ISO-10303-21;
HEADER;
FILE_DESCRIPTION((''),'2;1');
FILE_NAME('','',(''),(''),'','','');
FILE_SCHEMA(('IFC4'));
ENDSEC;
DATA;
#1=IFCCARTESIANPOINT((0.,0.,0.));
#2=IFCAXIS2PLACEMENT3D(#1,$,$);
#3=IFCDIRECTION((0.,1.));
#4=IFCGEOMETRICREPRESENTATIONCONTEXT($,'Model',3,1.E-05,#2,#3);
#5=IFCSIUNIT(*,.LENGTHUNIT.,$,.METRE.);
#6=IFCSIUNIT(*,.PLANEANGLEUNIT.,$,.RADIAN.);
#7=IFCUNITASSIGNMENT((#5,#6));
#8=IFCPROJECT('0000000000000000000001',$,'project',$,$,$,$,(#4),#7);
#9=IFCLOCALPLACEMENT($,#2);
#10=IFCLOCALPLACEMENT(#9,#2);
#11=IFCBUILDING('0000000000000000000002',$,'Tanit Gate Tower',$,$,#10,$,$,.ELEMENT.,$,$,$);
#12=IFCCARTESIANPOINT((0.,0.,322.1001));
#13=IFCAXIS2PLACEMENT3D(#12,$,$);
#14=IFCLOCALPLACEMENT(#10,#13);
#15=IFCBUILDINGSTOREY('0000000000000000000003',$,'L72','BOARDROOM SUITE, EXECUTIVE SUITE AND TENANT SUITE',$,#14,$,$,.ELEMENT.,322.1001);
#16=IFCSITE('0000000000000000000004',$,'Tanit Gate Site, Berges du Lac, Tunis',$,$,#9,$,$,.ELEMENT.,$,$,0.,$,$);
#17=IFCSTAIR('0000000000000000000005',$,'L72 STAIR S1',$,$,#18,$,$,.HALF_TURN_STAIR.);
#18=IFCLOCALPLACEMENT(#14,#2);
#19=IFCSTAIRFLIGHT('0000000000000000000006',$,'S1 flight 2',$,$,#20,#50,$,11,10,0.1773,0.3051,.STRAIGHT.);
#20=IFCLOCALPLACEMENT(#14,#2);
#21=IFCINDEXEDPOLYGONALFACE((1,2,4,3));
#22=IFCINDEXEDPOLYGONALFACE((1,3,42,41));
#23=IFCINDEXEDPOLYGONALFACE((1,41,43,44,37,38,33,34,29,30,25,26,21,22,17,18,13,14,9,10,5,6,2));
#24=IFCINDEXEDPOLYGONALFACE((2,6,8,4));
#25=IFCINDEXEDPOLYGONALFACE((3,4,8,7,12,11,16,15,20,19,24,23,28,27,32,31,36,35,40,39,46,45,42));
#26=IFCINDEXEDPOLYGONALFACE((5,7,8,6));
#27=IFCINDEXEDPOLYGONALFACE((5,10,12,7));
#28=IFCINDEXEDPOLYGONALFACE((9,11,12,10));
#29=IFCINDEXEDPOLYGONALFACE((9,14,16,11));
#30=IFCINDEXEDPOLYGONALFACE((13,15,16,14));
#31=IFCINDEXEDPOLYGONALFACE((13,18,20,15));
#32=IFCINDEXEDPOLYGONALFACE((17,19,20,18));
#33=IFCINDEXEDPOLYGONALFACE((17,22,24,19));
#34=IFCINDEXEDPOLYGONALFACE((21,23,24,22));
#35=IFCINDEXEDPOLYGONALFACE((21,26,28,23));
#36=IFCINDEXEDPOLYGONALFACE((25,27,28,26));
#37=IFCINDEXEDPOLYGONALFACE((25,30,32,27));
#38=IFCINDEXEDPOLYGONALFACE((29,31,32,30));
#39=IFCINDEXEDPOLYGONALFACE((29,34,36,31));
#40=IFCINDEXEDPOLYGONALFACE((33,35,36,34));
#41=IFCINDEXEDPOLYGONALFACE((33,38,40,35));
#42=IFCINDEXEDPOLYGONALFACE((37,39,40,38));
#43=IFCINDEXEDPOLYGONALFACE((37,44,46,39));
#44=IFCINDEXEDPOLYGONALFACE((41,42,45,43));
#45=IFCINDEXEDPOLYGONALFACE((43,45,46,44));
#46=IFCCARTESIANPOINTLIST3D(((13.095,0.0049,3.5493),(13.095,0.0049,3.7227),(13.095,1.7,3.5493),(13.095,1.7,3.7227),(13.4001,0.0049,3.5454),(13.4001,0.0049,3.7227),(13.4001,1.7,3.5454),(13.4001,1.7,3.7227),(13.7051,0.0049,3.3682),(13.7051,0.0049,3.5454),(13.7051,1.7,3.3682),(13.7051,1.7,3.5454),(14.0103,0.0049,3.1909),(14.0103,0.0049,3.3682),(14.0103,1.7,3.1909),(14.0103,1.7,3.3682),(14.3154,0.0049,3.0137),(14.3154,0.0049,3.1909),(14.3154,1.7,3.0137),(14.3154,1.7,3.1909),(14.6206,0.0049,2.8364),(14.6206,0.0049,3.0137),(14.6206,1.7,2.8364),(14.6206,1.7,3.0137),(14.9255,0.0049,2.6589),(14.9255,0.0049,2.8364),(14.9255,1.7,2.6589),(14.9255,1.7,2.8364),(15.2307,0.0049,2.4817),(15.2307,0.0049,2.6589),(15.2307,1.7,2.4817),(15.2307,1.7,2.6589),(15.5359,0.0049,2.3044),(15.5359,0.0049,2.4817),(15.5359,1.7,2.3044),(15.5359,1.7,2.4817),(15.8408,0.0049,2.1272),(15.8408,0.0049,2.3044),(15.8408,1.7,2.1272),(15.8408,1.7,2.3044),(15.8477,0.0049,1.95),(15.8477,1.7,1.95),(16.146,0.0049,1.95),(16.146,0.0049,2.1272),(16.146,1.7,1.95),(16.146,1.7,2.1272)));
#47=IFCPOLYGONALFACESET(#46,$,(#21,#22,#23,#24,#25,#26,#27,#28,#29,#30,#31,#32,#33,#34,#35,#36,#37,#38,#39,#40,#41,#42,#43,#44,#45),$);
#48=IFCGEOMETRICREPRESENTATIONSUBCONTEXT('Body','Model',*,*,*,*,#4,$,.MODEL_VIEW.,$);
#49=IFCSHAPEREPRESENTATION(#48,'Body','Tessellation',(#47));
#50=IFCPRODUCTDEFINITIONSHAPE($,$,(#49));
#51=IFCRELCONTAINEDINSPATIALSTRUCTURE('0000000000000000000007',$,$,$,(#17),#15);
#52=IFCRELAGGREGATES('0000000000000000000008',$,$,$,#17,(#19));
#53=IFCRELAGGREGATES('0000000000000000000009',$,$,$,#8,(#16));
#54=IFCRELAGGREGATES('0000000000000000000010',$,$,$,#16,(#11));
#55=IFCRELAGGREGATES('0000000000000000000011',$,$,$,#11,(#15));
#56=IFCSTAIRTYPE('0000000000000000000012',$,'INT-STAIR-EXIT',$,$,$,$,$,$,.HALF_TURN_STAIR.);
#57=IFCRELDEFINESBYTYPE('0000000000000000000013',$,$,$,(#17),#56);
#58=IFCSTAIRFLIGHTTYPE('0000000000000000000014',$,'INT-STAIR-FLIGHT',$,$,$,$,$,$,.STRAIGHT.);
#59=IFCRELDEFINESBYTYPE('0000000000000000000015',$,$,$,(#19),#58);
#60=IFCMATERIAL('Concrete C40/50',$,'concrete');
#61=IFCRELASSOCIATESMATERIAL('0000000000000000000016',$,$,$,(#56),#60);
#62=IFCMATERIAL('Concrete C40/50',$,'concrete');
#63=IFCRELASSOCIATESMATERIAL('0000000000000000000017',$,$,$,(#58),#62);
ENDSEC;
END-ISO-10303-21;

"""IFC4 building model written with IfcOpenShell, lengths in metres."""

from ifc_helpers import new_model, si_unit, direction, frame, origin, place, context, subcontext, project, spatial, polyline, outline, extrude, material, type_object, element, aggregate, save


model = new_model("IFC4")

# Units and contexts
model_context = context("Model", 3, precision=1e-05, world=origin(), true_north=direction((0.0, 1.0)))
body_context = subcontext(model_context, "Body", "Model", "MODEL_VIEW")
ifc_project = project(units=[si_unit("LENGTHUNIT", "METRE"), si_unit("PLANEANGLEUNIT", "RADIAN")], contexts=[model_context])

# Site, building, storey
site_placement = place(None, origin())
site = spatial("IfcSite", under=ifc_project, at=site_placement, Name="Tanit Gate Site, Berges du Lac, Tunis", CompositionType="ELEMENT", RefElevation=0.0)
building_placement = place(site_placement, origin())
building = spatial("IfcBuilding", under=site, at=building_placement, Name="Tanit Gate Tower", CompositionType="ELEMENT")
storey_placement = place(building_placement, frame((0.0, 0.0, 322.1001)))
storey = spatial("IfcBuildingStorey", under=building, at=storey_placement, Name="L72", Description="BOARDROOM SUITE, EXECUTIVE SUITE AND TENANT SUITE", CompositionType="ELEMENT", Elevation=322.1001)

# Stair, stair flight
ifc_material_1 = material(Name="Concrete C40/50", Category="concrete")
stair_type = type_object("IfcStairType", Name="INT-STAIR-EXIT", PredefinedType="HALF_TURN_STAIR", material=ifc_material_1)
stair_placement = place(storey_placement, origin())
stair = element("IfcStair", 1, at=stair_placement, inside=storey, type_object=stair_type, Name="L72 STAIR S1", PredefinedType="HALF_TURN_STAIR")
ifc_material_2 = material(Name="Concrete C40/50", Category="concrete")
stair_flight_type = type_object("IfcStairFlightType", Name="INT-STAIR-FLIGHT", PredefinedType="STRAIGHT", material=ifc_material_2)
stair_flight_placement = place(storey_placement, frame((16.146, 0.8525, 1.95), z_axis=(0.0, 0.0, 1.0), x_axis=(-1.0, 0.0, 0.0)))
stair_flight = element("IfcStairFlight", 2, at=stair_flight_placement, type_object=stair_flight_type, Name="S1 flight 2", NumberOfRisers=11, NumberOfTreads=10, PredefinedType="STRAIGHT", RiserHeight=0.1773, TreadLength=0.3051, context=body_context, shape_type="SweptSolid", body=[
    extrude(outline(polyline([(0.0, 0.0), (0.0, 0.1772), (0.3052, 0.1772), (0.3052, 0.3545), (0.6101, 0.3545), (0.6101, 0.5317), (0.9153, 0.5317), (0.9153, 0.709), (1.2205, 0.709), (1.2205, 0.8865), (1.5254, 0.8865), (1.5254, 1.0637), (1.8306, 1.0637), (1.8306, 1.241), (2.1357, 1.241), (2.1357, 1.4182), (2.4409, 1.4182), (2.4409, 1.5955), (2.7458, 1.5955), (2.7458, 1.7727), (3.051, 1.7727), (3.051, 1.95), (3.051, 1.5994), (0.2983, 0.0), (0.0, 0.0)])), frame((0.0, 0.8477, 0.0), z_axis=(0.0, -1.0, 0.0), x_axis=(1.0, 0.0, 0.0)), (0.0, 0.0, 1.0), 1.6951),
])
aggregate(stair, [stair_flight])

save(model, "model.ifc")
